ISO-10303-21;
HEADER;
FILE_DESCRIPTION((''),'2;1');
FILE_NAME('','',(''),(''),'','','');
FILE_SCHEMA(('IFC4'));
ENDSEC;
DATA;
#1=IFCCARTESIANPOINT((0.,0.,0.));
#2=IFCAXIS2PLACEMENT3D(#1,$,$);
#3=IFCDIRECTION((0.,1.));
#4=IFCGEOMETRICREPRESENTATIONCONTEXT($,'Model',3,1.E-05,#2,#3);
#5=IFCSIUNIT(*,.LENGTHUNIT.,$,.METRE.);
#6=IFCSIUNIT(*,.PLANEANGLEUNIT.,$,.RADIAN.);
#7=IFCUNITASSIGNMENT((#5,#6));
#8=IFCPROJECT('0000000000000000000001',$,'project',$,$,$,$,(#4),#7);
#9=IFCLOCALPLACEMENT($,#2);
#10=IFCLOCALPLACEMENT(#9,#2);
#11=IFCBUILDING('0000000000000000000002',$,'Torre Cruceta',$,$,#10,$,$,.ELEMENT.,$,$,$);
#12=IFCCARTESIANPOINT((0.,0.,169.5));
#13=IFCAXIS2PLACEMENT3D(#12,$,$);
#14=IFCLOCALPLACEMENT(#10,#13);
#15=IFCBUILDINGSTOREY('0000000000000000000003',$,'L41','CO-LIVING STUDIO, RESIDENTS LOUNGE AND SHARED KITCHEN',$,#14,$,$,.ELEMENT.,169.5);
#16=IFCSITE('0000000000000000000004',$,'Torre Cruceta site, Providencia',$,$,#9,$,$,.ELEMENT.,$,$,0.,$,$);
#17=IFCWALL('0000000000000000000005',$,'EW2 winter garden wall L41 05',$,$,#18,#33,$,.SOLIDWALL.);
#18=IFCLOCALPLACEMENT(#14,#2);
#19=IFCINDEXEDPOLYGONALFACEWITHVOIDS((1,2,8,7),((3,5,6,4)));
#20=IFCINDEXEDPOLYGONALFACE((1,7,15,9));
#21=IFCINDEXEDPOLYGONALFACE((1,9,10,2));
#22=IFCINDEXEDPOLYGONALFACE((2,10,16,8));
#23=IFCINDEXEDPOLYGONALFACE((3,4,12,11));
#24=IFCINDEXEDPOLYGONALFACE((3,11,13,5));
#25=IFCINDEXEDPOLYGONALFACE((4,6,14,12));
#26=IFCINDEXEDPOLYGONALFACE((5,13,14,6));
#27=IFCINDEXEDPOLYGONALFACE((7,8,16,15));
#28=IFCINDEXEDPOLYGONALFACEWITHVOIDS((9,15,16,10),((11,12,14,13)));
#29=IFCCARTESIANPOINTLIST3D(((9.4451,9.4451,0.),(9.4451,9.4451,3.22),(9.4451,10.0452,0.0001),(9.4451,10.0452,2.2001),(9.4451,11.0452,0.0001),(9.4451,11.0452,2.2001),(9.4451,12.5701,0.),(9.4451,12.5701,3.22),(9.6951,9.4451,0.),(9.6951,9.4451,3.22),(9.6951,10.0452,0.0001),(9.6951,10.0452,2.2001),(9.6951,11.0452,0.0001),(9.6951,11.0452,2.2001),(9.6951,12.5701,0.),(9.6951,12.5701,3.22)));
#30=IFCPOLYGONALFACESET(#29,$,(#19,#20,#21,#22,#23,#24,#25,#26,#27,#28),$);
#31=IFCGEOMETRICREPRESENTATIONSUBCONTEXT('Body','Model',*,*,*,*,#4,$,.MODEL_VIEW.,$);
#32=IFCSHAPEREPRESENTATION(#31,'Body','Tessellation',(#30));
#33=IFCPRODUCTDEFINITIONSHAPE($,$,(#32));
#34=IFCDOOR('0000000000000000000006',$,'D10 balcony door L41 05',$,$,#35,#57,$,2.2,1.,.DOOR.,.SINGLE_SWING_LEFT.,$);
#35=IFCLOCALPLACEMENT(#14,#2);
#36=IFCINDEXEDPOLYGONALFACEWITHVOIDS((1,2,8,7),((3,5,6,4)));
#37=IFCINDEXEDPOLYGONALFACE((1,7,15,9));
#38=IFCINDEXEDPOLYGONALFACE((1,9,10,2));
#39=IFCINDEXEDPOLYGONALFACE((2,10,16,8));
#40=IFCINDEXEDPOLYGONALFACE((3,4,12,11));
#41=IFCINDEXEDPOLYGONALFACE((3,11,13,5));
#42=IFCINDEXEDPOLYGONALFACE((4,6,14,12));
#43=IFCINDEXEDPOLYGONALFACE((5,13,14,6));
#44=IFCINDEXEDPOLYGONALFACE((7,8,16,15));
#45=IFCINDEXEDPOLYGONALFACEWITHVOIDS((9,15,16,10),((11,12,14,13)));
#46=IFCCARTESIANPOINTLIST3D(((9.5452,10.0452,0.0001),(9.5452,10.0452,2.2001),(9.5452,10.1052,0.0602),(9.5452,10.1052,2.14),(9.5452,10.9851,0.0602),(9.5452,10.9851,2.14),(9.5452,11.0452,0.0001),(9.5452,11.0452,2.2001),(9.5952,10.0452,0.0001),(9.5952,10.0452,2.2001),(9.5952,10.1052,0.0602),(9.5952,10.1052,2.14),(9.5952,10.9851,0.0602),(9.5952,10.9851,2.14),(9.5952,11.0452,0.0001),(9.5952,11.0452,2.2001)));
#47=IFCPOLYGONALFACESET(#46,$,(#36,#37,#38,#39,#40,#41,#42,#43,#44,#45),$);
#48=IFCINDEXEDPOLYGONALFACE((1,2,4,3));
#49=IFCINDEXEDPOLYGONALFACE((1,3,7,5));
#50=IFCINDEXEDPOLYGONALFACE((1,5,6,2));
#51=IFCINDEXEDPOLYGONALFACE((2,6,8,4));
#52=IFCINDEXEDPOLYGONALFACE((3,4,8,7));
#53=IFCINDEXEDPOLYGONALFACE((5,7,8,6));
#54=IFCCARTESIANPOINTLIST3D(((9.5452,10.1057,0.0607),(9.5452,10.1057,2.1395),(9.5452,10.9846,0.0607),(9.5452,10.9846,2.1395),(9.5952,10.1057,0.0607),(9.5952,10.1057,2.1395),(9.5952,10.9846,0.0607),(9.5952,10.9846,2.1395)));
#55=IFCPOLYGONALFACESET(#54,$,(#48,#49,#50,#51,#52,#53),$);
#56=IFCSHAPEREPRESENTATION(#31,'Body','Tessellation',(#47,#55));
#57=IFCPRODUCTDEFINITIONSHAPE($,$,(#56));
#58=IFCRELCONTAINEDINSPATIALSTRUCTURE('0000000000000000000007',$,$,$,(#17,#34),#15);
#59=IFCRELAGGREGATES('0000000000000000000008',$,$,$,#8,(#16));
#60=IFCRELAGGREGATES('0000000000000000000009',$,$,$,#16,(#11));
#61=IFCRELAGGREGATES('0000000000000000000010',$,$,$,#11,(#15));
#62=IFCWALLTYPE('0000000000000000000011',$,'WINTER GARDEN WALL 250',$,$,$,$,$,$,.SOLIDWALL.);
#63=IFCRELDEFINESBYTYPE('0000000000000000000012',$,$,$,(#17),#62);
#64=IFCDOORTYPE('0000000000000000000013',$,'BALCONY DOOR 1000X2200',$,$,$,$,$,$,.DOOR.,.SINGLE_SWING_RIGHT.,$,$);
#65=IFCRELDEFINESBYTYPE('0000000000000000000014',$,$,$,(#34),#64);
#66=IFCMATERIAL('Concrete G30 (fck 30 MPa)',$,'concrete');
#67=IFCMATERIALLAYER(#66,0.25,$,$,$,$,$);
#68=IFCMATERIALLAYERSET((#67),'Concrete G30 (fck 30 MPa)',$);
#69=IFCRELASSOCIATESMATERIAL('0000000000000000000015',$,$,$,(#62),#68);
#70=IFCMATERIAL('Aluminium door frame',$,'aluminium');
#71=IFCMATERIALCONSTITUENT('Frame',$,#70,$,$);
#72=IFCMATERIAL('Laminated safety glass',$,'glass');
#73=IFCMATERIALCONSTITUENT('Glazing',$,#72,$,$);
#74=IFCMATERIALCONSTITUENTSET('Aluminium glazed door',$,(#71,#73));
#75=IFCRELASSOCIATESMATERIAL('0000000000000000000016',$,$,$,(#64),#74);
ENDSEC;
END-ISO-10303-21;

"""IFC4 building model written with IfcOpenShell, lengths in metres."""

from ifc_helpers import new_model, si_unit, direction, frame, frame_2d, origin, place, context, subcontext, project, spatial, rectangle, hollow_rectangle, extrude, material, layer, layer_set, constituent, constituent_set, type_object, element, fill, save


model = new_model("IFC4")

# Units and contexts
model_context = context("Model", 3, precision=1e-05, world=origin(), true_north=direction((0.0, 1.0)))
body_context = subcontext(model_context, "Body", "Model", "MODEL_VIEW")
ifc_project = project(units=[si_unit("LENGTHUNIT", "METRE"), si_unit("PLANEANGLEUNIT", "RADIAN")], contexts=[model_context])

# Site, building, storey
site_placement = place(None, origin())
site = spatial("IfcSite", under=ifc_project, at=site_placement, Name="Torre Cruceta site, Providencia", CompositionType="ELEMENT", RefElevation=0.0)
building_placement = place(site_placement, origin())
building = spatial("IfcBuilding", under=site, at=building_placement, Name="Torre Cruceta", CompositionType="ELEMENT")
storey_placement = place(building_placement, frame((0.0, 0.0, 169.5)))
storey = spatial("IfcBuildingStorey", under=building, at=storey_placement, Name="L41", Description="CO-LIVING STUDIO, RESIDENTS LOUNGE AND SHARED KITCHEN", CompositionType="ELEMENT", Elevation=169.5)

# Wall, opening, door
ifc_material_1 = material(Name="Concrete G30 (fck 30 MPa)", Category="concrete")
ifc_layer_1 = layer(ifc_material_1, 0.25)
ifc_layer_set_1 = layer_set([ifc_layer_1], Name="Concrete G30 (fck 30 MPa)")
wall_type_1 = type_object("IfcWallType", Name="WINTER GARDEN WALL 250", PredefinedType="SOLIDWALL", material=ifc_layer_set_1)
ifc_material_2 = material(Name="Aluminium door frame", Category="aluminium")
ifc_constituent_1 = constituent(ifc_material_2, Name="Frame")
ifc_material_3 = material(Name="Laminated safety glass", Category="glass")
ifc_constituent_2 = constituent(ifc_material_3, Name="Glazing")
ifc_constituent_set_1 = constituent_set(constituents=[ifc_constituent_1, ifc_constituent_2], Name="Aluminium glazed door")
door_type_1 = type_object("IfcDoorType", Name="BALCONY DOOR 1000X2200", OperationType="SINGLE_SWING_RIGHT", PredefinedType="DOOR", material=ifc_constituent_set_1)
wall_1_placement = place(storey_placement, frame((9.5701, 9.4451, 0.0), z_axis=(0.0, 0.0, 1.0), x_axis=(0.0, 1.0, 0.0)))
wall_1 = element("IfcWall", 1, at=wall_1_placement, inside=storey, type_object=wall_type_1, Name="EW2 winter garden wall L41 05", PredefinedType="SOLIDWALL", context=body_context, shape_type="SweptSolid", body=[
    extrude(rectangle(XDim=3.125, YDim=0.25, at=frame_2d((1.5625, 0.0))), origin(), (0.0, 0.0, 1.0), 3.22),
])
opening_1_placement = place(wall_1_placement, frame((0.6001, 0.0, 0.0)))
opening_1 = element("IfcOpeningElement", 2, at=opening_1_placement, cuts=wall_1, PredefinedType="OPENING", context=body_context, shape_type="SweptSolid", body=[
    extrude(rectangle(XDim=1.0, YDim=2.2, at=frame_2d((0.5, 1.1001))), frame((0.0, 0.135, 0.0), z_axis=(0.0, -1.0, 0.0), x_axis=(1.0, 0.0, 0.0)), (0.0, 0.0, 1.0), 0.27),
])
door_1_placement = place(opening_1_placement, origin())
door_1 = element("IfcDoor", 3, at=door_1_placement, inside=storey, type_object=door_type_1, Name="D10 balcony door L41 05", OperationType="SINGLE_SWING_LEFT", OverallHeight=2.2, OverallWidth=1.0, PredefinedType="DOOR", context=body_context, shape_type="SweptSolid", body=[
    extrude(hollow_rectangle(XDim=1.0, YDim=2.2, WallThickness=0.0601, at=frame_2d((0.5, 1.1001))), frame((0.0, 0.0249, 0.0), z_axis=(0.0, -1.0, 0.0), x_axis=(1.0, 0.0, 0.0)), (0.0, 0.0, 1.0), 0.05),
    extrude(rectangle(XDim=0.8789, YDim=2.0789, at=frame_2d((0.5, 1.1001))), frame((0.0, 0.0249, 0.0), z_axis=(0.0, -1.0, 0.0), x_axis=(1.0, 0.0, 0.0)), (0.0, 0.0, 1.0), 0.05),
])
fill(opening_1, door_1)

save(model, "model.ifc")
